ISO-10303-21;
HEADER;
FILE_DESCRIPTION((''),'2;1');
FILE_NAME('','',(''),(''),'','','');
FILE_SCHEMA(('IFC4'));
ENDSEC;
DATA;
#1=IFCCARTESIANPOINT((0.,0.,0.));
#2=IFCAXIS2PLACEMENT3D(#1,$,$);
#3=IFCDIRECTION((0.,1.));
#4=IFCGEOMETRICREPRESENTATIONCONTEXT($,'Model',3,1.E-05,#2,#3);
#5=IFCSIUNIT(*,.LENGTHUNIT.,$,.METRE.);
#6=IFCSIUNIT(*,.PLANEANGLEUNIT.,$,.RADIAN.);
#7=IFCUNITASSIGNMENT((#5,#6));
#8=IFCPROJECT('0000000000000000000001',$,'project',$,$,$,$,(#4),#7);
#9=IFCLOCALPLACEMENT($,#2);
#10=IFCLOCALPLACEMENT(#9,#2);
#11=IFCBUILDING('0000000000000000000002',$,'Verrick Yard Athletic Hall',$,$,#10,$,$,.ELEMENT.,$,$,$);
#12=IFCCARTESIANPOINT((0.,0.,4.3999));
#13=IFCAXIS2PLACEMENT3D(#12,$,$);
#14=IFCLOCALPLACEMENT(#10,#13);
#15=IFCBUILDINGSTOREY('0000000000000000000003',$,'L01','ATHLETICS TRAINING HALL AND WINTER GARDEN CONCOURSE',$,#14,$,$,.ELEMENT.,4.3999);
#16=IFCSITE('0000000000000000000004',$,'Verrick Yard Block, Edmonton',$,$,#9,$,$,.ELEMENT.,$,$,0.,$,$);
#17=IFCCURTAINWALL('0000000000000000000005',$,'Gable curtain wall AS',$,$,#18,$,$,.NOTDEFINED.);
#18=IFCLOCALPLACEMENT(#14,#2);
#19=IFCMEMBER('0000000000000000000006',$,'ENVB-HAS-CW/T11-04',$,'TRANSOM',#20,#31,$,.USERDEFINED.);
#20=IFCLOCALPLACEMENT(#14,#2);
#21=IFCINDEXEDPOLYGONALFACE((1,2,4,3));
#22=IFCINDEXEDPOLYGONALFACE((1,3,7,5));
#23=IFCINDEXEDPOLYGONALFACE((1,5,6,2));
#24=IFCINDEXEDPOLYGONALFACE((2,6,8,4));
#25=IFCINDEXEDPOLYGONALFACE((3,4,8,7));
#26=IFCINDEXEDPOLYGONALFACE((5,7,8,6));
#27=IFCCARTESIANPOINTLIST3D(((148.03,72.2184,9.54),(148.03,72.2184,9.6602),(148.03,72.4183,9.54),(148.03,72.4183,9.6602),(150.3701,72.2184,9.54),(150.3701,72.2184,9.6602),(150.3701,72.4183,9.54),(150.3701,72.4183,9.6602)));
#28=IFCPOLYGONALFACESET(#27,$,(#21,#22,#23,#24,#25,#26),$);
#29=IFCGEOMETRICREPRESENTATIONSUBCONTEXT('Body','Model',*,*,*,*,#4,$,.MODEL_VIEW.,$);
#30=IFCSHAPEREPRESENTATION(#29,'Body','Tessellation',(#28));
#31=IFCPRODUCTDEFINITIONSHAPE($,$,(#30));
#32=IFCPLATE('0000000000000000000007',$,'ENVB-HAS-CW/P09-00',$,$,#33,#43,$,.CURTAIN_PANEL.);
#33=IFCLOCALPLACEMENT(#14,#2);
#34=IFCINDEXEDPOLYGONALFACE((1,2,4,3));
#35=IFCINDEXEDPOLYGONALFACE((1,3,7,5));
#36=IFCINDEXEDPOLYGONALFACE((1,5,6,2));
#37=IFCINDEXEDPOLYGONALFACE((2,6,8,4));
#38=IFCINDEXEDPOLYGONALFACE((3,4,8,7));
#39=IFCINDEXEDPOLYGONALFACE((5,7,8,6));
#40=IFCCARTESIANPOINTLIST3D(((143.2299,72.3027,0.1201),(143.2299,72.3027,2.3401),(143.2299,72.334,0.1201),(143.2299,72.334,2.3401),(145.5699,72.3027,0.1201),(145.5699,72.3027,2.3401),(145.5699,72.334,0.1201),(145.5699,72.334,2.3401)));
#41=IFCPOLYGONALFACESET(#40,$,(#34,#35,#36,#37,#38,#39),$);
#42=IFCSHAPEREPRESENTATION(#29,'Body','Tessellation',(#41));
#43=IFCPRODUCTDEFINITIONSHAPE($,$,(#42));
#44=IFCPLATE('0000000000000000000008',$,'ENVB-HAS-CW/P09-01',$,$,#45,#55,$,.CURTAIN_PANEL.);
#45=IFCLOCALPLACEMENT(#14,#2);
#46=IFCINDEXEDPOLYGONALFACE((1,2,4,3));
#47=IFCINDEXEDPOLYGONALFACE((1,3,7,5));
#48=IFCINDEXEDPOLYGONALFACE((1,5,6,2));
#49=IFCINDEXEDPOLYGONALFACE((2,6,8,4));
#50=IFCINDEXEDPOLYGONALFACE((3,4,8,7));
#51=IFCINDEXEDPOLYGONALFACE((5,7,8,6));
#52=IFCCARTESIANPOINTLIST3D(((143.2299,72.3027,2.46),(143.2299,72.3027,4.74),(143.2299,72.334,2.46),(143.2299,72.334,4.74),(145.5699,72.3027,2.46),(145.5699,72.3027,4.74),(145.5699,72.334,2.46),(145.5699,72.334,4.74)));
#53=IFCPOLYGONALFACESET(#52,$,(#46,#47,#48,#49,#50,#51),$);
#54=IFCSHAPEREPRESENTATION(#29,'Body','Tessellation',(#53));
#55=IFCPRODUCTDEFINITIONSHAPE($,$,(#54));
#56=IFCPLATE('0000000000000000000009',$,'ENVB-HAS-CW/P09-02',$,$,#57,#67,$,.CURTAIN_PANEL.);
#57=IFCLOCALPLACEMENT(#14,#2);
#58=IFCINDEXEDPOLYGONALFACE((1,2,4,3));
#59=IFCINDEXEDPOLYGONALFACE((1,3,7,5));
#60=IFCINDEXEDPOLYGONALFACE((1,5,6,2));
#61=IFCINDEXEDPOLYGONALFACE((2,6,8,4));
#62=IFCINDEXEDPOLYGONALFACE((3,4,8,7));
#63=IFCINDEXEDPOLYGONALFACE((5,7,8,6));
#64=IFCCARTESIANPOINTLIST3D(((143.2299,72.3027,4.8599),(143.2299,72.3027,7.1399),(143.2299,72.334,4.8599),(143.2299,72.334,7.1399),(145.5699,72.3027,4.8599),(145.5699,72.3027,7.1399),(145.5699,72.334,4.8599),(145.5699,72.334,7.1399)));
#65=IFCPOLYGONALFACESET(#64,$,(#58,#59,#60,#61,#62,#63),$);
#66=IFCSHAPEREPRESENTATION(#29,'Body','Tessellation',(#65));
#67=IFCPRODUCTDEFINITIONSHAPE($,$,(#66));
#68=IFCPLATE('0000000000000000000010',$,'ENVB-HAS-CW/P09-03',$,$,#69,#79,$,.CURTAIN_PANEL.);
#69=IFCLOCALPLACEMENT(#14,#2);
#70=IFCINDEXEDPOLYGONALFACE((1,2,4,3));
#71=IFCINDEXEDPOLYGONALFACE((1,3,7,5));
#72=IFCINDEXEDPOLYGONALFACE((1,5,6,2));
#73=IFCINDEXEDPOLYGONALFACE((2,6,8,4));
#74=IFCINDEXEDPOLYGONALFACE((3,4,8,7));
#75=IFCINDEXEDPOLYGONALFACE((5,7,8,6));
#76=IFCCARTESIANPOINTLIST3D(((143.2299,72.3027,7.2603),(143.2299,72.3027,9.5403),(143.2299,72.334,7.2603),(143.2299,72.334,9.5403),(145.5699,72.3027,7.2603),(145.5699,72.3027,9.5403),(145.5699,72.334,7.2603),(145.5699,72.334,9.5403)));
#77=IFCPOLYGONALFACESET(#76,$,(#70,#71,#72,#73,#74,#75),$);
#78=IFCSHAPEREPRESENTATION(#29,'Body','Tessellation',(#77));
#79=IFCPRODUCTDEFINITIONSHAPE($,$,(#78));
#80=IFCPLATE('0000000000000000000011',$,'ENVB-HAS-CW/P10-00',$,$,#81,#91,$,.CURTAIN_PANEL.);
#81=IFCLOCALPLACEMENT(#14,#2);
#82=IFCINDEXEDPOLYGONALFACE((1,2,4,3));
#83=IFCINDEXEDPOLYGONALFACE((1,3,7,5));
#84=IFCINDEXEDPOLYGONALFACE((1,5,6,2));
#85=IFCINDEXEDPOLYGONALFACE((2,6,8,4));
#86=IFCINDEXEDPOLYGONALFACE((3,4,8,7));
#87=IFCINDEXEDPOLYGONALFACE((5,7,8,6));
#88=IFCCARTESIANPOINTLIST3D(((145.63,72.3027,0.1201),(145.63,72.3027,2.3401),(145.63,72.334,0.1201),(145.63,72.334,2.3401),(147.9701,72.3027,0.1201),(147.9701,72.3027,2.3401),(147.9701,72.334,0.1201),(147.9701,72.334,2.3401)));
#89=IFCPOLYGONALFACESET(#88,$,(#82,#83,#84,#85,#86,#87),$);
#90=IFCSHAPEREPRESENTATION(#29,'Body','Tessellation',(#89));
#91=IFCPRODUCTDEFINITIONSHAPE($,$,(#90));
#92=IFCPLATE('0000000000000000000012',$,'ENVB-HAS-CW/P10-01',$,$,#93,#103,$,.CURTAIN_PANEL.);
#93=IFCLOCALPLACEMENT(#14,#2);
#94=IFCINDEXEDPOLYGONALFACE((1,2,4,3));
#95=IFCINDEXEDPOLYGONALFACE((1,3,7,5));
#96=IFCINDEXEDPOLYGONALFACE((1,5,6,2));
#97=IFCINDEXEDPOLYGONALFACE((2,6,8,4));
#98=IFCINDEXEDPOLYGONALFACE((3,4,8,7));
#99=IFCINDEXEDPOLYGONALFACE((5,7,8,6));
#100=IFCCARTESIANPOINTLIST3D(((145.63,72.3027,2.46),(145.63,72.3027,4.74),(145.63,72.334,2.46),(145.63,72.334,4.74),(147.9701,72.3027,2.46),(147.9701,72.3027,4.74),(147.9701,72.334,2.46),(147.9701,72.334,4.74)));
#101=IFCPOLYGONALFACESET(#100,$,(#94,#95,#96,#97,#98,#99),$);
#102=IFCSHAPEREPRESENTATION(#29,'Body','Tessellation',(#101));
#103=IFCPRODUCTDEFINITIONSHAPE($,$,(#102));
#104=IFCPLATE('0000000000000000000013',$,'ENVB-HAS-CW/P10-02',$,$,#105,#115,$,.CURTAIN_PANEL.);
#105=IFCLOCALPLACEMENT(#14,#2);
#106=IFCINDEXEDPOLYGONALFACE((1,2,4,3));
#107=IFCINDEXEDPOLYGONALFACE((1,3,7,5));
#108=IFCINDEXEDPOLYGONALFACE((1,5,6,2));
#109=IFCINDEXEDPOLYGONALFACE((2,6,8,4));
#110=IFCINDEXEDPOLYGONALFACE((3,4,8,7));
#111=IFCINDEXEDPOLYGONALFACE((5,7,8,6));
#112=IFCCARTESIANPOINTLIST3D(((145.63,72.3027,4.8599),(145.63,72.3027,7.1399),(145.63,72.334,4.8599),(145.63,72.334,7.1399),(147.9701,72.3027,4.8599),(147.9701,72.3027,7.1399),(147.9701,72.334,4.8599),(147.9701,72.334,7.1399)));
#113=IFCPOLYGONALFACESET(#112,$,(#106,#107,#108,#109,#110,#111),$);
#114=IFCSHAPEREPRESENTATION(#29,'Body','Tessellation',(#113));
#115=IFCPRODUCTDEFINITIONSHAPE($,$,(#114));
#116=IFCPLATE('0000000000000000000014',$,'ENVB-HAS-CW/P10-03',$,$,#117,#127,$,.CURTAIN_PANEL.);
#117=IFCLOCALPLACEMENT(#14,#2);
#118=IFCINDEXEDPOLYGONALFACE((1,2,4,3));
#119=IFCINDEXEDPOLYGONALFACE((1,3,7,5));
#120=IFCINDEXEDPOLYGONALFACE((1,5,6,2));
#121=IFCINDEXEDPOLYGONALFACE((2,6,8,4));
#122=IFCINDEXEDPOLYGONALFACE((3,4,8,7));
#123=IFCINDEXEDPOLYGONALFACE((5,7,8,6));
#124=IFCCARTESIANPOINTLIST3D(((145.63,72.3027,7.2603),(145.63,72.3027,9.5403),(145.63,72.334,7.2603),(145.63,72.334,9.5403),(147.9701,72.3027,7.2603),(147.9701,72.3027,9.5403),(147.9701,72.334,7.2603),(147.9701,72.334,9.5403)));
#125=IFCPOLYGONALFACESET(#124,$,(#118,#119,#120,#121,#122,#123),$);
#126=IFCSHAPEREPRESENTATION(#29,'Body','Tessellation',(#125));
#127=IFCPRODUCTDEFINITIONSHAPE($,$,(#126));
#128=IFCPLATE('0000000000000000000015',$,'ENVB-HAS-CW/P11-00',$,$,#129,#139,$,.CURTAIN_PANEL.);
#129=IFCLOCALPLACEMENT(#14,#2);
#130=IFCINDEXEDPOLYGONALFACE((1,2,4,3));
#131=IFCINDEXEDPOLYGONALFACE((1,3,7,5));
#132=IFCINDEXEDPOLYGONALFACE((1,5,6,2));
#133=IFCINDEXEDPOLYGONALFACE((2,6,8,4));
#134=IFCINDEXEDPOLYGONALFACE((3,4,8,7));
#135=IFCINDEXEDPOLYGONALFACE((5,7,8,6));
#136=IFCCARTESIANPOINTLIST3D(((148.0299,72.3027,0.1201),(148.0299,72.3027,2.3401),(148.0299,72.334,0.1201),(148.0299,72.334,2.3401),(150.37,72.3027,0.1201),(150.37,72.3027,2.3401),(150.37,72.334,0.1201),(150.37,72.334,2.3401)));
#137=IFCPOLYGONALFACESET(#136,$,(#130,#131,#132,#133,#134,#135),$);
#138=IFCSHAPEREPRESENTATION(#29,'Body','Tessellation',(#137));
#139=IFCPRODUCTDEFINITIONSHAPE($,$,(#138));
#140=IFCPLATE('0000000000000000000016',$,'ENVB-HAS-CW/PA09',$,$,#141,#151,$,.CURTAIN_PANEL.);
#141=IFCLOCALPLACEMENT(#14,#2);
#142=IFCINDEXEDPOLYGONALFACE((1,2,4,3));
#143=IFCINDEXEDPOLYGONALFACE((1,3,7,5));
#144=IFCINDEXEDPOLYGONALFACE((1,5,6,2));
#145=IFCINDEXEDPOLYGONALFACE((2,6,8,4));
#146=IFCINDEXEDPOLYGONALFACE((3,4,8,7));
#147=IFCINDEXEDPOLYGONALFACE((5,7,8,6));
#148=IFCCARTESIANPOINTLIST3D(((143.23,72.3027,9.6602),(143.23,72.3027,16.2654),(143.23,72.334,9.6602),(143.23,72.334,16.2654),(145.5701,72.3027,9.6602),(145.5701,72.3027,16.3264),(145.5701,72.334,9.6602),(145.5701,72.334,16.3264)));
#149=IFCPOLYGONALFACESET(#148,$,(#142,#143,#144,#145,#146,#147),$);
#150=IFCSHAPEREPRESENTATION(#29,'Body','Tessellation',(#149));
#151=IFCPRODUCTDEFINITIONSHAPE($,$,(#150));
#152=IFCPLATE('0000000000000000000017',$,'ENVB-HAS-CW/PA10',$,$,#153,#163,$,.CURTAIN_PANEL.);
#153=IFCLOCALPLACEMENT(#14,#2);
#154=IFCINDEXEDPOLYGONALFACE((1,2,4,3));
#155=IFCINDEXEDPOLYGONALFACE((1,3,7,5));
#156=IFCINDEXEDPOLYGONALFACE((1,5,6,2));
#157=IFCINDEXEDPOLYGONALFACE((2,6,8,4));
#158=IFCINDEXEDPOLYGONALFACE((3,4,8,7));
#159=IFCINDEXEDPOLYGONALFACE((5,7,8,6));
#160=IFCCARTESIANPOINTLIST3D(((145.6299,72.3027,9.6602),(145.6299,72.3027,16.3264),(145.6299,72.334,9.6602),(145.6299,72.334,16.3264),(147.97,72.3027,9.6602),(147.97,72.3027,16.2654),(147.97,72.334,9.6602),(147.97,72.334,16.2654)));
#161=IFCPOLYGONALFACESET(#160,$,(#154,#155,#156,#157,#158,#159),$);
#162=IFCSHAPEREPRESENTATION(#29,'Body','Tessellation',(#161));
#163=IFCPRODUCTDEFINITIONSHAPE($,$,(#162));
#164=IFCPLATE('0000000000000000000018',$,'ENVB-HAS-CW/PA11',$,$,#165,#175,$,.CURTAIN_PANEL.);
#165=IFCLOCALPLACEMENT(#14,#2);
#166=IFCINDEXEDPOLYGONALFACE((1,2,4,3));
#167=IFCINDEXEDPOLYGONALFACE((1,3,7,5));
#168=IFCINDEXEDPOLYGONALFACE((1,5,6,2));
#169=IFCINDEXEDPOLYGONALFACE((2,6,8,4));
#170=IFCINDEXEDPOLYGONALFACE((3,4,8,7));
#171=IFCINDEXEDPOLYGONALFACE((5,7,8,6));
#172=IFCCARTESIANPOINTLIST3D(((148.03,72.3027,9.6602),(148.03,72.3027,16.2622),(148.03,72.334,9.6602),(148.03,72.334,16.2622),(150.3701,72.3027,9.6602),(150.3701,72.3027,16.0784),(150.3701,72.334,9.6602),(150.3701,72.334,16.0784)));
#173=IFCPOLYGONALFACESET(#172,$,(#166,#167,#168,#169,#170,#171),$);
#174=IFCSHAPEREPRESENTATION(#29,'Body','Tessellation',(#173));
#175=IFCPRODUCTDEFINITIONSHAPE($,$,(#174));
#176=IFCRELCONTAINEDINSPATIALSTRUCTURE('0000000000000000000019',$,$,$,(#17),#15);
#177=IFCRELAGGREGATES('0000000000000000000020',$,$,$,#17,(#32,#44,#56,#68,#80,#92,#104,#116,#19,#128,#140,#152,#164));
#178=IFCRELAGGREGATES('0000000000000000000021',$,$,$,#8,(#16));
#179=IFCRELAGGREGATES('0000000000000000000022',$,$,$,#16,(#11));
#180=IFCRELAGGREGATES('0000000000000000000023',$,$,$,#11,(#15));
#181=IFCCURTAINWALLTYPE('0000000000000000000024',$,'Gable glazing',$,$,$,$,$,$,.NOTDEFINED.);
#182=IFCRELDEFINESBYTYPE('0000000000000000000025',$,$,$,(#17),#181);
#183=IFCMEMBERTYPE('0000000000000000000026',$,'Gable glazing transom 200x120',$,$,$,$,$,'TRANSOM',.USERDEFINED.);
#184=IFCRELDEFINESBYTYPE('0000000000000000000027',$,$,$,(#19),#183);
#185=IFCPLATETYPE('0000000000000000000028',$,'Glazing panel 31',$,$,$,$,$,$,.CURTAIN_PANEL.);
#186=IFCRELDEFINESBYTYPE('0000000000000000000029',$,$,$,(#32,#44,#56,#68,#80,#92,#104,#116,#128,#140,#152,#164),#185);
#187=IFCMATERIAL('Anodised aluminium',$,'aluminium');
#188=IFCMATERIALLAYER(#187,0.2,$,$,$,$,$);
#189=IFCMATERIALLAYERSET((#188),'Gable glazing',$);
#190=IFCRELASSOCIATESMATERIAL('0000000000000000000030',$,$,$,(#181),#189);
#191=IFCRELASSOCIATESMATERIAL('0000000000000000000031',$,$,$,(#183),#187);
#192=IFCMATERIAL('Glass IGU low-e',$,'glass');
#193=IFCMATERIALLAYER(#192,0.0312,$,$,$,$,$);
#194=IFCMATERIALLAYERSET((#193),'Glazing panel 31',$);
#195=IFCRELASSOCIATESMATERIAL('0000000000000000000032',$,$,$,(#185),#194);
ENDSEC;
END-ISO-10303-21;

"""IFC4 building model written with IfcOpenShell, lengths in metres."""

from ifc_helpers import new_model, si_unit, direction, frame, origin, origin_2d, place, context, subcontext, project, spatial, polyline, rectangle, outline, extrude, material, layer, layer_set, material_profile, profile_set, type_object, element, aggregate, save


model = new_model("IFC4")

# Units and contexts
model_context = context("Model", 3, precision=1e-05, world=origin(), true_north=direction((0.0, 1.0)))
body_context = subcontext(model_context, "Body", "Model", "MODEL_VIEW")
ifc_project = project(units=[si_unit("LENGTHUNIT", "METRE"), si_unit("PLANEANGLEUNIT", "RADIAN")], contexts=[model_context])

# Site, building, storey
site_placement = place(None, origin())
site = spatial("IfcSite", under=ifc_project, at=site_placement, Name="Verrick Yard Block, Edmonton", CompositionType="ELEMENT", RefElevation=0.0)
building_placement = place(site_placement, origin())
building = spatial("IfcBuilding", under=site, at=building_placement, Name="Verrick Yard Athletic Hall", CompositionType="ELEMENT")
storey_placement = place(building_placement, frame((0.0, 0.0, 4.3999)))
storey = spatial("IfcBuildingStorey", under=building, at=storey_placement, Name="L01", Description="ATHLETICS TRAINING HALL AND WINTER GARDEN CONCOURSE", CompositionType="ELEMENT", Elevation=4.3999)

# Curtain wall, member, plates
ifc_material_1 = material(Name="Anodised aluminium", Category="aluminium")
ifc_layer_1 = layer(ifc_material_1, 0.2)
ifc_layer_set_1 = layer_set([ifc_layer_1], Name="Gable glazing")
curtain_wall_type = type_object("IfcCurtainWallType", Name="Gable glazing", PredefinedType="NOTDEFINED", material=ifc_layer_set_1)
curtain_wall_placement = place(storey_placement, origin())
curtain_wall = element("IfcCurtainWall", 1, at=curtain_wall_placement, inside=storey, type_object=curtain_wall_type, Name="Gable curtain wall AS", PredefinedType="NOTDEFINED")
ifc_material_profile_1 = material_profile(ifc_material_1, rectangle(XDim=0.2, YDim=0.1201, at=origin_2d()), Name="CW gable transom 200x120")
ifc_profile_set_1 = profile_set([ifc_material_profile_1], Name="Anodised aluminium")
member_type_1 = type_object("IfcMemberType", Name="Gable glazing transom 200x120", ElementType="TRANSOM", PredefinedType="USERDEFINED", material=ifc_profile_set_1)
member_1_placement = place(storey_placement, frame((148.03, 72.3184, 9.6001), z_axis=(1.0, 0.0, 0.0), x_axis=(0.0, 1.0, 0.0)))
member_1 = element("IfcMember", 2, at=member_1_placement, type_object=member_type_1, Name="ENVB-HAS-CW/T11-04", ObjectType="TRANSOM", PredefinedType="USERDEFINED", context=body_context, shape_type="SweptSolid", body=[
    extrude(rectangle(XDim=0.2, YDim=0.1201, at=origin_2d()), origin(), (0.0, 0.0, 1.0), 2.3401),
])
ifc_material_2 = material(Name="Glass IGU low-e", Category="glass")
ifc_layer_2 = layer(ifc_material_2, 0.0312)
ifc_layer_set_2 = layer_set([ifc_layer_2], Name="Glazing panel 31")
plate_type = type_object("IfcPlateType", Name="Glazing panel 31", PredefinedType="CURTAIN_PANEL", material=ifc_layer_set_2)
plate_1_placement = place(storey_placement, frame((144.3999, 72.3184, 0.1201), z_axis=(0.0, 0.0, 1.0), x_axis=(1.0, 0.0, 0.0)))
plate_1 = element("IfcPlate", 3, at=plate_1_placement, type_object=plate_type, Name="ENVB-HAS-CW/P09-00", PredefinedType="CURTAIN_PANEL", context=body_context, shape_type="SweptSolid", body=[
    extrude(rectangle(XDim=2.3401, YDim=0.0312, at=origin_2d()), origin(), (0.0, 0.0, 1.0), 2.22),
])
plate_2_placement = place(storey_placement, frame((144.3999, 72.3184, 2.46), z_axis=(0.0, 0.0, 1.0), x_axis=(1.0, 0.0, 0.0)))
plate_2 = element("IfcPlate", 4, at=plate_2_placement, type_object=plate_type, Name="ENVB-HAS-CW/P09-01", PredefinedType="CURTAIN_PANEL", context=body_context, shape_type="SweptSolid", body=[
    extrude(rectangle(XDim=2.3401, YDim=0.0312, at=origin_2d()), origin(), (0.0, 0.0, 1.0), 2.28),
])
plate_3_placement = place(storey_placement, frame((144.3999, 72.3184, 4.8599), z_axis=(0.0, 0.0, 1.0), x_axis=(1.0, 0.0, 0.0)))
plate_3 = element("IfcPlate", 5, at=plate_3_placement, type_object=plate_type, Name="ENVB-HAS-CW/P09-02", PredefinedType="CURTAIN_PANEL", context=body_context, shape_type="SweptSolid", body=[
    extrude(rectangle(XDim=2.3401, YDim=0.0312, at=origin_2d()), origin(), (0.0, 0.0, 1.0), 2.28),
])
plate_4_placement = place(storey_placement, frame((144.3999, 72.3184, 7.2603), z_axis=(0.0, 0.0, 1.0), x_axis=(1.0, 0.0, 0.0)))
plate_4 = element("IfcPlate", 6, at=plate_4_placement, type_object=plate_type, Name="ENVB-HAS-CW/P09-03", PredefinedType="CURTAIN_PANEL", context=body_context, shape_type="SweptSolid", body=[
    extrude(rectangle(XDim=2.3401, YDim=0.0312, at=origin_2d()), origin(), (0.0, 0.0, 1.0), 2.28),
])
plate_5_placement = place(storey_placement, frame((146.8, 72.3184, 0.1201), z_axis=(0.0, 0.0, 1.0), x_axis=(1.0, 0.0, 0.0)))
plate_5 = element("IfcPlate", 7, at=plate_5_placement, type_object=plate_type, Name="ENVB-HAS-CW/P10-00", PredefinedType="CURTAIN_PANEL", context=body_context, shape_type="SweptSolid", body=[
    extrude(rectangle(XDim=2.3401, YDim=0.0312, at=origin_2d()), origin(), (0.0, 0.0, 1.0), 2.22),
])
plate_6_placement = place(storey_placement, frame((146.8, 72.3184, 2.46), z_axis=(0.0, 0.0, 1.0), x_axis=(1.0, 0.0, 0.0)))
plate_6 = element("IfcPlate", 8, at=plate_6_placement, type_object=plate_type, Name="ENVB-HAS-CW/P10-01", PredefinedType="CURTAIN_PANEL", context=body_context, shape_type="SweptSolid", body=[
    extrude(rectangle(XDim=2.3401, YDim=0.0312, at=origin_2d()), origin(), (0.0, 0.0, 1.0), 2.28),
])
plate_7_placement = place(storey_placement, frame((146.8, 72.3184, 4.8599), z_axis=(0.0, 0.0, 1.0), x_axis=(1.0, 0.0, 0.0)))
plate_7 = element("IfcPlate", 9, at=plate_7_placement, type_object=plate_type, Name="ENVB-HAS-CW/P10-02", PredefinedType="CURTAIN_PANEL", context=body_context, shape_type="SweptSolid", body=[
    extrude(rectangle(XDim=2.3401, YDim=0.0312, at=origin_2d()), origin(), (0.0, 0.0, 1.0), 2.28),
])
plate_8_placement = place(storey_placement, frame((146.8, 72.3184, 7.2603), z_axis=(0.0, 0.0, 1.0), x_axis=(1.0, 0.0, 0.0)))
plate_8 = element("IfcPlate", 10, at=plate_8_placement, type_object=plate_type, Name="ENVB-HAS-CW/P10-03", PredefinedType="CURTAIN_PANEL", context=body_context, shape_type="SweptSolid", body=[
    extrude(rectangle(XDim=2.3401, YDim=0.0312, at=origin_2d()), origin(), (0.0, 0.0, 1.0), 2.28),
])
plate_9_placement = place(storey_placement, frame((149.2, 72.3184, 0.1201), z_axis=(0.0, 0.0, 1.0), x_axis=(1.0, 0.0, 0.0)))
plate_9 = element("IfcPlate", 11, at=plate_9_placement, type_object=plate_type, Name="ENVB-HAS-CW/P11-00", PredefinedType="CURTAIN_PANEL", context=body_context, shape_type="SweptSolid", body=[
    extrude(rectangle(XDim=2.3401, YDim=0.0312, at=origin_2d()), origin(), (0.0, 0.0, 1.0), 2.22),
])
plate_10_placement = place(storey_placement, frame((143.23, 72.3184, 9.6602), z_axis=(0.0, 0.0, 1.0), x_axis=(1.0, 0.0, 0.0)))
plate_10 = element("IfcPlate", 12, at=plate_10_placement, type_object=plate_type, Name="ENVB-HAS-CW/PA09", PredefinedType="CURTAIN_PANEL", context=body_context, shape_type="SweptSolid", body=[
    extrude(outline(polyline([(0.0, 6.6052), (2.3401, 6.6663), (2.3401, 0.0), (0.0, 0.0), (0.0, 6.6052)])), frame((0.0, 0.0156, 0.0), z_axis=(0.0, -1.0, 0.0), x_axis=(1.0, 0.0, 0.0)), (0.0, 0.0, 1.0), 0.0312),
])
plate_11_placement = place(storey_placement, frame((145.6299, 72.3184, 9.6602), z_axis=(0.0, 0.0, 1.0), x_axis=(1.0, 0.0, 0.0)))
plate_11 = element("IfcPlate", 13, at=plate_11_placement, type_object=plate_type, Name="ENVB-HAS-CW/PA10", PredefinedType="CURTAIN_PANEL", context=body_context, shape_type="SweptSolid", body=[
    extrude(outline(polyline([(0.0, 6.6663), (2.3401, 6.6052), (2.3401, 0.0), (0.0, 0.0), (0.0, 6.6663)])), frame((0.0, 0.0156, 0.0), z_axis=(0.0, -1.0, 0.0), x_axis=(1.0, 0.0, 0.0)), (0.0, 0.0, 1.0), 0.0312),
])
plate_12_placement = place(storey_placement, frame((148.03, 72.3184, 9.6602), z_axis=(0.0, 0.0, 1.0), x_axis=(1.0, 0.0, 0.0)))
plate_12 = element("IfcPlate", 14, at=plate_12_placement, type_object=plate_type, Name="ENVB-HAS-CW/PA11", PredefinedType="CURTAIN_PANEL", context=body_context, shape_type="SweptSolid", body=[
    extrude(outline(polyline([(0.0, 6.6021), (2.3401, 6.4182), (2.3401, 0.0), (0.0, 0.0), (0.0, 6.6021)])), frame((0.0, 0.0156, 0.0), z_axis=(0.0, -1.0, 0.0), x_axis=(1.0, 0.0, 0.0)), (0.0, 0.0, 1.0), 0.0312),
])
aggregate(curtain_wall, [plate_1, plate_2, plate_3, plate_4, plate_5, plate_6, plate_7, plate_8, member_1, plate_9, plate_10, plate_11, plate_12])

save(model, "model.ifc")
